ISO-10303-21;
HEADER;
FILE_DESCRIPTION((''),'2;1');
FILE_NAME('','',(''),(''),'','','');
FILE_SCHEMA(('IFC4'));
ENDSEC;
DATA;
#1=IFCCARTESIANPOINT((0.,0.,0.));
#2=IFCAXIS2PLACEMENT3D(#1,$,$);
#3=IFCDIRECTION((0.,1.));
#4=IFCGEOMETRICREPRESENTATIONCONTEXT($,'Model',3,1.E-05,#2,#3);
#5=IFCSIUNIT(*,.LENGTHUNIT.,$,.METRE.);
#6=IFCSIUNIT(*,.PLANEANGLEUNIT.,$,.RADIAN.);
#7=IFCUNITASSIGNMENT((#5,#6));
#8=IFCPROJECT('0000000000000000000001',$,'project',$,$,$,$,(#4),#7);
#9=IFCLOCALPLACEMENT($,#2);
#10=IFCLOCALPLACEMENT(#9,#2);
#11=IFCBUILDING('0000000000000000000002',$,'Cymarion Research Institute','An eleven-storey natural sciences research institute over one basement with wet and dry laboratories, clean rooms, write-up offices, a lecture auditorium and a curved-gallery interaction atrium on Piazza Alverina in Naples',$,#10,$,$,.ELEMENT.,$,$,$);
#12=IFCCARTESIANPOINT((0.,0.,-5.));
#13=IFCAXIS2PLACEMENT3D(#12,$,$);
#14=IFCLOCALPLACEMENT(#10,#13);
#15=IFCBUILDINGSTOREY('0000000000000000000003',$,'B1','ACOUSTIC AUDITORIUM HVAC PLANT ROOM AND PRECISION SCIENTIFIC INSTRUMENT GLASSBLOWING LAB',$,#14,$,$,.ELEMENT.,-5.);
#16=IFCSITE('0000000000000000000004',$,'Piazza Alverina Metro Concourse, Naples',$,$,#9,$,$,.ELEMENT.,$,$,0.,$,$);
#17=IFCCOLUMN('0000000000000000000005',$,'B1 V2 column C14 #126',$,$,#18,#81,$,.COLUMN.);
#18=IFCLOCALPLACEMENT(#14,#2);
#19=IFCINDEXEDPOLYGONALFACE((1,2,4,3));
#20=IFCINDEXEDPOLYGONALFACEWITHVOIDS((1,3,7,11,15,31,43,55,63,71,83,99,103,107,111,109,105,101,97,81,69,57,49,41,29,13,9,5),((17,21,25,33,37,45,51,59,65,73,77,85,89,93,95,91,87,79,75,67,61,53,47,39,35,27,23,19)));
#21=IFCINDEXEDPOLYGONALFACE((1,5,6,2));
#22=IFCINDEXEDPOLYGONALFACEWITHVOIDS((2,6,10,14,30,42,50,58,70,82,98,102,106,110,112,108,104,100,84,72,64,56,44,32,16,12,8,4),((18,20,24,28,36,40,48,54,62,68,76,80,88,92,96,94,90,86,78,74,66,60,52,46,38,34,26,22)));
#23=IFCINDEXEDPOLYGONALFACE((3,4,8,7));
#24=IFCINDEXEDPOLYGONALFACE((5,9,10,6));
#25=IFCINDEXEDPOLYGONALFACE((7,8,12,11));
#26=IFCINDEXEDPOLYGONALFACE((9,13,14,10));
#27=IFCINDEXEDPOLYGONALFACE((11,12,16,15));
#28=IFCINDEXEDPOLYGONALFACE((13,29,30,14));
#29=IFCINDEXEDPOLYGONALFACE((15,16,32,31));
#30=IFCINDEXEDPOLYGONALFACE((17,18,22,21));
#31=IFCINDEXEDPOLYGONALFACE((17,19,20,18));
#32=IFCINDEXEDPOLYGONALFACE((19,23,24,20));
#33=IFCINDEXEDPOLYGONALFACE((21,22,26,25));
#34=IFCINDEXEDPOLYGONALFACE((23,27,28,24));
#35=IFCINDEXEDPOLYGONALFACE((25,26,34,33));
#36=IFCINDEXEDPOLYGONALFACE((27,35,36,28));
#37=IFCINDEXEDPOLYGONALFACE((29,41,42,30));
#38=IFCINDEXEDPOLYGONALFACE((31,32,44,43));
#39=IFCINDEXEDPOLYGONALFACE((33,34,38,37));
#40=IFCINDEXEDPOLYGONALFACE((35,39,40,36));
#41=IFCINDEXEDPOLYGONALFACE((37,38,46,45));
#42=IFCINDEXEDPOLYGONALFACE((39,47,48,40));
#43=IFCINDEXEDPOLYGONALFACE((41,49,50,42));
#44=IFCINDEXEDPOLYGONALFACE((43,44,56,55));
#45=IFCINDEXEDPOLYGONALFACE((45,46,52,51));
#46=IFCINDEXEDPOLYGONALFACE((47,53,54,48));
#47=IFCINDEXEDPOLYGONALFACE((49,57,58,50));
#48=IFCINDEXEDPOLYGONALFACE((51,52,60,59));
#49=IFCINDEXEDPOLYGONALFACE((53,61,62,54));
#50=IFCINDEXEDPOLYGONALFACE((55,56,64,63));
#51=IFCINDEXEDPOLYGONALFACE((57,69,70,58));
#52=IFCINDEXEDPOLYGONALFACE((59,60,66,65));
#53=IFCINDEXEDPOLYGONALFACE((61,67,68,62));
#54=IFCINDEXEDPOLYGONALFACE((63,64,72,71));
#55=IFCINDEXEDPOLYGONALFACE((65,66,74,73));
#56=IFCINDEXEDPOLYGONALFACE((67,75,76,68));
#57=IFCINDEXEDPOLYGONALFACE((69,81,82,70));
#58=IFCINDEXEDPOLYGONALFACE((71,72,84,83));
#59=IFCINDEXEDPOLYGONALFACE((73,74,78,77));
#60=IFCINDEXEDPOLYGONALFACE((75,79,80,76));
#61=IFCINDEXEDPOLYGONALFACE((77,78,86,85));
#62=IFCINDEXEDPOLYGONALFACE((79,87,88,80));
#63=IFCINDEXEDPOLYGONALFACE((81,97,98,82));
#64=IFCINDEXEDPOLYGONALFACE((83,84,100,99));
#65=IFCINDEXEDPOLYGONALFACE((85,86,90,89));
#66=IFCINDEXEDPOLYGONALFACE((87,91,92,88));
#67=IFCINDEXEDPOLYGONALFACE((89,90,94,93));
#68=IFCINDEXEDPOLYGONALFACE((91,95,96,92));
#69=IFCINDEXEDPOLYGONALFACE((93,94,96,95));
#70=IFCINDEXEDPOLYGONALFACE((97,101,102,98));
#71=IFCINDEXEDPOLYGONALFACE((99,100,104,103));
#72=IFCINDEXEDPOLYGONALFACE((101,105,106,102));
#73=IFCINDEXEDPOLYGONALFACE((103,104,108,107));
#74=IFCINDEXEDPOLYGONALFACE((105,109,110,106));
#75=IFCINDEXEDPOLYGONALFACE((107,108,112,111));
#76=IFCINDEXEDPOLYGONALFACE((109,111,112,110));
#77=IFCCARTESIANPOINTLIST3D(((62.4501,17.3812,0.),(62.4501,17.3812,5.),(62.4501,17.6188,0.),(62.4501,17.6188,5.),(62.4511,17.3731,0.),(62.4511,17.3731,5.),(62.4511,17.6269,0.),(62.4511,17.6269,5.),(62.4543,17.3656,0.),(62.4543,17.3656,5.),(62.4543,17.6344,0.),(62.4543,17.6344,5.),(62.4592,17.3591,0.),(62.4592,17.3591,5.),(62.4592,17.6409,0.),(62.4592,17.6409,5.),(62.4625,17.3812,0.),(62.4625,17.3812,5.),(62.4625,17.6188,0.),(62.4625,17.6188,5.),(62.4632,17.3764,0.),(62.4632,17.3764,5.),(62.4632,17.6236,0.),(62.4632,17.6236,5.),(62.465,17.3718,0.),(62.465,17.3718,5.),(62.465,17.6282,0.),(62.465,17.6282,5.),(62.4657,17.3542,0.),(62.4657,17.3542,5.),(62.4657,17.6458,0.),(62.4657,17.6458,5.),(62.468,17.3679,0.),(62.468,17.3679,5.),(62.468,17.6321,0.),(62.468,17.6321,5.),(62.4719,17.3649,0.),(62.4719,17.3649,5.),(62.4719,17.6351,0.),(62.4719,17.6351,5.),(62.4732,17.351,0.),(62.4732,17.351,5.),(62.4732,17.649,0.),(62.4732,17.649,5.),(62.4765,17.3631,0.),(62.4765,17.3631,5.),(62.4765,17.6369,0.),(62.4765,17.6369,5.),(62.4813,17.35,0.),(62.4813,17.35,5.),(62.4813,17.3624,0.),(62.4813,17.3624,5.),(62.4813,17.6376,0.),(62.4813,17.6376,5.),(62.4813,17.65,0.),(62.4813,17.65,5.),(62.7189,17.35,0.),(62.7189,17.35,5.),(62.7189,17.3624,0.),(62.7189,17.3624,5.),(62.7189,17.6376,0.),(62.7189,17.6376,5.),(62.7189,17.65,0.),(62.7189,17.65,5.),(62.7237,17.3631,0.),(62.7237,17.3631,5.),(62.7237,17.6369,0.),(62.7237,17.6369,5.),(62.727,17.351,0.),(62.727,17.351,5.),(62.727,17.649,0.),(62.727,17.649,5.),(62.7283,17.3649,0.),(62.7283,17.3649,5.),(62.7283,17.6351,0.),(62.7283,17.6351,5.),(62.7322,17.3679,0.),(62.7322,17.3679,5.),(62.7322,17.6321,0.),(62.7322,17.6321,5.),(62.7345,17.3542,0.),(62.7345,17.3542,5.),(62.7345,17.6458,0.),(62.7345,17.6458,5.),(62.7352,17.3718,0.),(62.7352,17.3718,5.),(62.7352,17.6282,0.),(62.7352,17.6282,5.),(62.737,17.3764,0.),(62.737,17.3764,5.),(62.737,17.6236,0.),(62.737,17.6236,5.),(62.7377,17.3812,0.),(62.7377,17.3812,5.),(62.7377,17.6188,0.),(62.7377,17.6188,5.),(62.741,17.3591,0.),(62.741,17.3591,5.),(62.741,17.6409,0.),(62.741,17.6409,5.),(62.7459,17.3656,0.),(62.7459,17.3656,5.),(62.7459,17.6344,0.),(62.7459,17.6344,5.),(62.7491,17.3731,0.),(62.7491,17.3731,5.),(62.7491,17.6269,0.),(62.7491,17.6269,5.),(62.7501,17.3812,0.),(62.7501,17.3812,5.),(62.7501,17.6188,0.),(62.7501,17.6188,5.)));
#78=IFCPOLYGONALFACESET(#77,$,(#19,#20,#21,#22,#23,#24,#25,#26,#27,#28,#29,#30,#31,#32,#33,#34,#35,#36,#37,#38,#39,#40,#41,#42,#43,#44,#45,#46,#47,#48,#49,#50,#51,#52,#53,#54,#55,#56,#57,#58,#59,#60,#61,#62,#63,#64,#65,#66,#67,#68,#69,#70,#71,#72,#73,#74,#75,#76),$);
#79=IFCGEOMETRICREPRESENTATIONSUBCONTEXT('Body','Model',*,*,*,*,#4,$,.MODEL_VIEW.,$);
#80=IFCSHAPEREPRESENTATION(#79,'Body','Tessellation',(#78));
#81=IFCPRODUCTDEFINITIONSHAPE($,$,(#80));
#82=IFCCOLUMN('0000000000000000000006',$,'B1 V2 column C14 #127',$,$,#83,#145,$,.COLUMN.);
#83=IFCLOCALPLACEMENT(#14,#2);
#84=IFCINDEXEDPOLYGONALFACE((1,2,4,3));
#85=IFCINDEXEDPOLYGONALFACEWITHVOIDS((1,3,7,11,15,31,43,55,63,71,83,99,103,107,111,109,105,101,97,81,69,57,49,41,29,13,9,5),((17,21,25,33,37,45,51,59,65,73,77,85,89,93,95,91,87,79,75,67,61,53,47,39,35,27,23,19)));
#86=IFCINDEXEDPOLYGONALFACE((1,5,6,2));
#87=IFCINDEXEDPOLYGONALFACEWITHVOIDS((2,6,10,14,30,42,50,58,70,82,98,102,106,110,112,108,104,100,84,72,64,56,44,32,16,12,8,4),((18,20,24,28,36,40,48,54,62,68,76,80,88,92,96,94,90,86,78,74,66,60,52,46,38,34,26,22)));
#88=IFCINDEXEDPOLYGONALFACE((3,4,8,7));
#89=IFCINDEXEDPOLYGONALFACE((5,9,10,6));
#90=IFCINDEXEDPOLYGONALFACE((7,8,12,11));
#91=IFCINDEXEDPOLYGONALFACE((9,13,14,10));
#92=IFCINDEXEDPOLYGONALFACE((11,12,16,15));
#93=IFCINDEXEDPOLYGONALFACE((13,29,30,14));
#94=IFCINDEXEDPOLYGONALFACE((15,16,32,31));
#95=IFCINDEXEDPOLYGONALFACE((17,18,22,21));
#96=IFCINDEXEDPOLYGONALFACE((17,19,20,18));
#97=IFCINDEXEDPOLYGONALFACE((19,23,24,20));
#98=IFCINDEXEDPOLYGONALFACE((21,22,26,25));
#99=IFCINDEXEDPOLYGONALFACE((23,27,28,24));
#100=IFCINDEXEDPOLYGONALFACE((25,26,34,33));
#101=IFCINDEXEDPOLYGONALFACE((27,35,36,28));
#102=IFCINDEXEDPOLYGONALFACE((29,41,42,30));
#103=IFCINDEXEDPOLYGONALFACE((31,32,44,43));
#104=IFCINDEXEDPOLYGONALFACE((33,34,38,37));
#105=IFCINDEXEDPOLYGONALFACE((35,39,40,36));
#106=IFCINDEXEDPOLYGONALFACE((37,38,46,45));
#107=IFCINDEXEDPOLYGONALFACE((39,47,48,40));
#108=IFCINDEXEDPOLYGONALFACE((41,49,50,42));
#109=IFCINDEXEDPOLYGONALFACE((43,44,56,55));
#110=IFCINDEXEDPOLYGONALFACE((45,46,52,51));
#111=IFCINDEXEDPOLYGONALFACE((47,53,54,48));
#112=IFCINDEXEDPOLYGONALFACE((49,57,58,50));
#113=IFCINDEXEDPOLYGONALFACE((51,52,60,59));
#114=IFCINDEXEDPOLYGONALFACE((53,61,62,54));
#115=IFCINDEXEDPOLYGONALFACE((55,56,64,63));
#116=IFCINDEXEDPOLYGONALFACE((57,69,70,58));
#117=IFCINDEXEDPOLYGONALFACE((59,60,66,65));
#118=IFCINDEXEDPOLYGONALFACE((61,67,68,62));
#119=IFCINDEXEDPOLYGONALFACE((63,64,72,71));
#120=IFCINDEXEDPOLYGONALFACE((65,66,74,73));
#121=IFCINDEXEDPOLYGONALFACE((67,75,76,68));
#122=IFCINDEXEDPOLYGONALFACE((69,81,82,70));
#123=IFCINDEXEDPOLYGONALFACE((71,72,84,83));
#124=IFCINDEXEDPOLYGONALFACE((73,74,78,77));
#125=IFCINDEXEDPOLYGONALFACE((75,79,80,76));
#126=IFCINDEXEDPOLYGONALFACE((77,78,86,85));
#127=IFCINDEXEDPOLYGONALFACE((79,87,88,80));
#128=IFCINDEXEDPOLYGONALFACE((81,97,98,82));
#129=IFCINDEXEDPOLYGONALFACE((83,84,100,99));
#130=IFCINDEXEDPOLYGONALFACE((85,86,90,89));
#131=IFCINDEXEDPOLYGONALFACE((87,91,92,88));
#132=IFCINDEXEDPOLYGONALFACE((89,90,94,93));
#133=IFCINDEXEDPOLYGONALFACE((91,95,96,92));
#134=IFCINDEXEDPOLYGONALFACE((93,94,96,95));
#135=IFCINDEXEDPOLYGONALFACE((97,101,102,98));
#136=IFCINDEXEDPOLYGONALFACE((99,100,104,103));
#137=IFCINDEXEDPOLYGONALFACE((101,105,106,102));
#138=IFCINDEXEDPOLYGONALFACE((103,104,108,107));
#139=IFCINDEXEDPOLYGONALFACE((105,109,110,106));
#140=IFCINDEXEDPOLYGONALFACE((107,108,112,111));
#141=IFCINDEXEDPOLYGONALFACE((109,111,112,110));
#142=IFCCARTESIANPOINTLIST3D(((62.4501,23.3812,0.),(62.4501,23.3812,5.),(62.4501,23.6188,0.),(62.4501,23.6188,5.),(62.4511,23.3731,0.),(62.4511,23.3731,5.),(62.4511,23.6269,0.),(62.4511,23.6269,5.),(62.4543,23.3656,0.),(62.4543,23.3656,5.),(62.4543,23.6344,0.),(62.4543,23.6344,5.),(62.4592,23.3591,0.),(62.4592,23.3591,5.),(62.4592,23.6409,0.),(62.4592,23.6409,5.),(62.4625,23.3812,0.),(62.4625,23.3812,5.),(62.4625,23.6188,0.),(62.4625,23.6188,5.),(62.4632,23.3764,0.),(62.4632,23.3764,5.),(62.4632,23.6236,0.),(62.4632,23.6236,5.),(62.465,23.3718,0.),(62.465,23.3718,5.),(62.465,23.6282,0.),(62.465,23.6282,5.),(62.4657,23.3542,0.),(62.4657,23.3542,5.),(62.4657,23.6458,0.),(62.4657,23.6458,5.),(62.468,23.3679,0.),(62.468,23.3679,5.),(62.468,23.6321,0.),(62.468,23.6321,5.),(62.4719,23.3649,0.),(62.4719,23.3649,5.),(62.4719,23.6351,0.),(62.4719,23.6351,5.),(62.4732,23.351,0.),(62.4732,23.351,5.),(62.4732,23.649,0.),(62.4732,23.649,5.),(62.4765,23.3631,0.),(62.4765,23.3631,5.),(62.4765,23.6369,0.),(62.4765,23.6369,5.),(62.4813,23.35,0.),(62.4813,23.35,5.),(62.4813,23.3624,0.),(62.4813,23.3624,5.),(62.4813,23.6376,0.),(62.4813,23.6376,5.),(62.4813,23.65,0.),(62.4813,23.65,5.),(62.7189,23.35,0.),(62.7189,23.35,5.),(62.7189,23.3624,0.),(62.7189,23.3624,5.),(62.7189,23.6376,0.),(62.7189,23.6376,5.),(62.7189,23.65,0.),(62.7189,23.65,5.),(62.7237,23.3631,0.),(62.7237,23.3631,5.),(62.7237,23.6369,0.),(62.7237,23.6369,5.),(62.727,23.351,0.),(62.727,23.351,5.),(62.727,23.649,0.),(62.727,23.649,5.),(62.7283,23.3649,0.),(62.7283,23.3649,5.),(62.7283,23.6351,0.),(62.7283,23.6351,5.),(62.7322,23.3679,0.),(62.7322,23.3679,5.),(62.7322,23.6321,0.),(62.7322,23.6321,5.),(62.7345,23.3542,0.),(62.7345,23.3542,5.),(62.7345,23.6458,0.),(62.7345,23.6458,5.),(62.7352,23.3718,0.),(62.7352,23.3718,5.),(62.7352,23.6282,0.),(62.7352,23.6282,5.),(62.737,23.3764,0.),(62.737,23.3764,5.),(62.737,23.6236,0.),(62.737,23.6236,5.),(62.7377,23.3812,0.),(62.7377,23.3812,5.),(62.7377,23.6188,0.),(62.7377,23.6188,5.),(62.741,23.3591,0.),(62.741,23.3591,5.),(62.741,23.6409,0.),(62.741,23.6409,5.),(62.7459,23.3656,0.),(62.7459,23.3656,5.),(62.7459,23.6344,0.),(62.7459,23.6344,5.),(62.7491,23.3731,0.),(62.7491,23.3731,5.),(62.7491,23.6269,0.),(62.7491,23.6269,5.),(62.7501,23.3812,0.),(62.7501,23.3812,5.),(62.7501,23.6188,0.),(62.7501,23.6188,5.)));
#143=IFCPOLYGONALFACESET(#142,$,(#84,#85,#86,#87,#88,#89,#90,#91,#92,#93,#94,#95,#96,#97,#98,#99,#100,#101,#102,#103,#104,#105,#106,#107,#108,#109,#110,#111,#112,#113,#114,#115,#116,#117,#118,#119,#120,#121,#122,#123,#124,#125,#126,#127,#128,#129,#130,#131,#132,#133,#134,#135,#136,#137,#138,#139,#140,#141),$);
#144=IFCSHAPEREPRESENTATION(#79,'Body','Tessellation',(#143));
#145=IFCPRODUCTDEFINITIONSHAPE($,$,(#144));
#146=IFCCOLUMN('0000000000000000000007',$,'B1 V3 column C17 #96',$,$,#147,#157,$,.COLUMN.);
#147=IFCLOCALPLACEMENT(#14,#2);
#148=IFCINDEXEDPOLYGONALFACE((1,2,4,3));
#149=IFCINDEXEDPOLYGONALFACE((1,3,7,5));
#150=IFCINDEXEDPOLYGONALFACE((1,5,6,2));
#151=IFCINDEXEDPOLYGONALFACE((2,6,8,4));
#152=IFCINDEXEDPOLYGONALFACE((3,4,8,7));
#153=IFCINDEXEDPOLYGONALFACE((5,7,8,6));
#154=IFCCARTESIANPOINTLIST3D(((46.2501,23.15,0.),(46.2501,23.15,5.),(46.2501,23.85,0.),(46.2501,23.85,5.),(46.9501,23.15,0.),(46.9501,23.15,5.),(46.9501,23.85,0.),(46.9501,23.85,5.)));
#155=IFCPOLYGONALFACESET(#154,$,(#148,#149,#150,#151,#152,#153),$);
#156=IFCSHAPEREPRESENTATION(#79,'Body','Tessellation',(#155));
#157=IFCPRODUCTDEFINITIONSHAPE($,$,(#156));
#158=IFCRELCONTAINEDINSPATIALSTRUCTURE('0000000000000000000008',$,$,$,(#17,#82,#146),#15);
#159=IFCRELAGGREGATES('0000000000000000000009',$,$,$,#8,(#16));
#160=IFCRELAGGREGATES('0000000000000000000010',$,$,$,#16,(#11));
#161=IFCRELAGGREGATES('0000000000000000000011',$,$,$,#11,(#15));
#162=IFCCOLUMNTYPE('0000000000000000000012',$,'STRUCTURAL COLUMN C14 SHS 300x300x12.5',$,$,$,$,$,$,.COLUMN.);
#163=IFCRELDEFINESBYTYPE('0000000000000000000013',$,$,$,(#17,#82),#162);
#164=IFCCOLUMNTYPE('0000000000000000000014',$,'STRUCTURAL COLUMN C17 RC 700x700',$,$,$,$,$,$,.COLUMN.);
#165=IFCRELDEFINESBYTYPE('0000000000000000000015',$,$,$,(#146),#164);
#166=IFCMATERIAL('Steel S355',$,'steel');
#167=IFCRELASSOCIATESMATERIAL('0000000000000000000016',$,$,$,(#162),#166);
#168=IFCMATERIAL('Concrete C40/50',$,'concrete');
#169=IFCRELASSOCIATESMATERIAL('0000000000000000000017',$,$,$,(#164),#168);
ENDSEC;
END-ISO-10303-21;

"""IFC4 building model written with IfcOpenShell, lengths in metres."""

from ifc_helpers import new_model, si_unit, direction, frame, origin, origin_2d, place, context, subcontext, project, spatial, rectangle, hollow_rectangle, extrude, material, material_profile, profile_set, type_object, element, save


model = new_model("IFC4")

# Units and contexts
model_context = context("Model", 3, precision=1e-05, world=origin(), true_north=direction((0.0, 1.0)))
body_context = subcontext(model_context, "Body", "Model", "MODEL_VIEW")
ifc_project = project(units=[si_unit("LENGTHUNIT", "METRE"), si_unit("PLANEANGLEUNIT", "RADIAN")], contexts=[model_context])

# Site, building, storey
site_placement = place(None, origin())
site = spatial("IfcSite", under=ifc_project, at=site_placement, Name="Piazza Alverina Metro Concourse, Naples", CompositionType="ELEMENT", RefElevation=0.0)
building_placement = place(site_placement, origin())
building = spatial("IfcBuilding", under=site, at=building_placement, Name="Cymarion Research Institute", Description="An eleven-storey natural sciences research institute over one basement with wet and dry laboratories, clean rooms, write-up offices, a lecture auditorium and a curved-gallery interaction atrium on Piazza Alverina in Naples", CompositionType="ELEMENT")
storey_placement = place(building_placement, frame((0.0, 0.0, -5.0)))
storey = spatial("IfcBuildingStorey", under=building, at=storey_placement, Name="B1", Description="ACOUSTIC AUDITORIUM HVAC PLANT ROOM AND PRECISION SCIENTIFIC INSTRUMENT GLASSBLOWING LAB", CompositionType="ELEMENT", Elevation=-5.0)

# Columns
ifc_material_1 = material(Name="Steel S355", Category="steel")
ifc_material_profile_1 = material_profile(ifc_material_1, hollow_rectangle(XDim=0.3, YDim=0.3, WallThickness=0.0125, InnerFilletRadius=0.0188, OuterFilletRadius=0.0312, at=origin_2d()), Name="SHS 300x300x12.5")
ifc_profile_set_1 = profile_set([ifc_material_profile_1], Name="Steel S355")
column_type_1 = type_object("IfcColumnType", Name="STRUCTURAL COLUMN C14 SHS 300x300x12.5", PredefinedType="COLUMN", material=ifc_profile_set_1)
for number, where, z_axis, x_axis, name in (
    (1, (62.6001, 17.5, 0.0), (0.0, 0.0, 1.0), (1.0, 0.0, 0.0), "B1 V2 column C14 #126"),
    (2, (62.6001, 23.5, 0.0), (0.0, 0.0, 1.0), (1.0, 0.0, 0.0), "B1 V2 column C14 #127"),
):
    element("IfcColumn", number, at=place(storey_placement, frame(where, z_axis=z_axis, x_axis=x_axis)), inside=storey, type_object=column_type_1, Name=name, PredefinedType="COLUMN", context=body_context, shape_type="SweptSolid", body=[
        extrude(hollow_rectangle(XDim=0.3, YDim=0.3, WallThickness=0.0125, InnerFilletRadius=0.0188, OuterFilletRadius=0.0312, at=origin_2d()), origin(), (0.0, 0.0, 1.0), 5.0),
    ])
ifc_material_2 = material(Name="Concrete C40/50", Category="concrete")
ifc_material_profile_2 = material_profile(ifc_material_2, rectangle(XDim=0.7, YDim=0.7, at=origin_2d()), Name="RC 700x700")
ifc_profile_set_2 = profile_set([ifc_material_profile_2], Name="Concrete C40/50")
column_type_2 = type_object("IfcColumnType", Name="STRUCTURAL COLUMN C17 RC 700x700", PredefinedType="COLUMN", material=ifc_profile_set_2)
column_placement = place(storey_placement, frame((46.6001, 23.5, 0.0), z_axis=(0.0, 0.0, 1.0), x_axis=(1.0, 0.0, 0.0)))
element("IfcColumn", 3, at=column_placement, inside=storey, type_object=column_type_2, Name="B1 V3 column C17 #96", PredefinedType="COLUMN", context=body_context, shape_type="SweptSolid", body=[
    extrude(rectangle(XDim=0.7, YDim=0.7, at=origin_2d()), origin(), (0.0, 0.0, 1.0), 5.0),
])

save(model, "model.ifc")
